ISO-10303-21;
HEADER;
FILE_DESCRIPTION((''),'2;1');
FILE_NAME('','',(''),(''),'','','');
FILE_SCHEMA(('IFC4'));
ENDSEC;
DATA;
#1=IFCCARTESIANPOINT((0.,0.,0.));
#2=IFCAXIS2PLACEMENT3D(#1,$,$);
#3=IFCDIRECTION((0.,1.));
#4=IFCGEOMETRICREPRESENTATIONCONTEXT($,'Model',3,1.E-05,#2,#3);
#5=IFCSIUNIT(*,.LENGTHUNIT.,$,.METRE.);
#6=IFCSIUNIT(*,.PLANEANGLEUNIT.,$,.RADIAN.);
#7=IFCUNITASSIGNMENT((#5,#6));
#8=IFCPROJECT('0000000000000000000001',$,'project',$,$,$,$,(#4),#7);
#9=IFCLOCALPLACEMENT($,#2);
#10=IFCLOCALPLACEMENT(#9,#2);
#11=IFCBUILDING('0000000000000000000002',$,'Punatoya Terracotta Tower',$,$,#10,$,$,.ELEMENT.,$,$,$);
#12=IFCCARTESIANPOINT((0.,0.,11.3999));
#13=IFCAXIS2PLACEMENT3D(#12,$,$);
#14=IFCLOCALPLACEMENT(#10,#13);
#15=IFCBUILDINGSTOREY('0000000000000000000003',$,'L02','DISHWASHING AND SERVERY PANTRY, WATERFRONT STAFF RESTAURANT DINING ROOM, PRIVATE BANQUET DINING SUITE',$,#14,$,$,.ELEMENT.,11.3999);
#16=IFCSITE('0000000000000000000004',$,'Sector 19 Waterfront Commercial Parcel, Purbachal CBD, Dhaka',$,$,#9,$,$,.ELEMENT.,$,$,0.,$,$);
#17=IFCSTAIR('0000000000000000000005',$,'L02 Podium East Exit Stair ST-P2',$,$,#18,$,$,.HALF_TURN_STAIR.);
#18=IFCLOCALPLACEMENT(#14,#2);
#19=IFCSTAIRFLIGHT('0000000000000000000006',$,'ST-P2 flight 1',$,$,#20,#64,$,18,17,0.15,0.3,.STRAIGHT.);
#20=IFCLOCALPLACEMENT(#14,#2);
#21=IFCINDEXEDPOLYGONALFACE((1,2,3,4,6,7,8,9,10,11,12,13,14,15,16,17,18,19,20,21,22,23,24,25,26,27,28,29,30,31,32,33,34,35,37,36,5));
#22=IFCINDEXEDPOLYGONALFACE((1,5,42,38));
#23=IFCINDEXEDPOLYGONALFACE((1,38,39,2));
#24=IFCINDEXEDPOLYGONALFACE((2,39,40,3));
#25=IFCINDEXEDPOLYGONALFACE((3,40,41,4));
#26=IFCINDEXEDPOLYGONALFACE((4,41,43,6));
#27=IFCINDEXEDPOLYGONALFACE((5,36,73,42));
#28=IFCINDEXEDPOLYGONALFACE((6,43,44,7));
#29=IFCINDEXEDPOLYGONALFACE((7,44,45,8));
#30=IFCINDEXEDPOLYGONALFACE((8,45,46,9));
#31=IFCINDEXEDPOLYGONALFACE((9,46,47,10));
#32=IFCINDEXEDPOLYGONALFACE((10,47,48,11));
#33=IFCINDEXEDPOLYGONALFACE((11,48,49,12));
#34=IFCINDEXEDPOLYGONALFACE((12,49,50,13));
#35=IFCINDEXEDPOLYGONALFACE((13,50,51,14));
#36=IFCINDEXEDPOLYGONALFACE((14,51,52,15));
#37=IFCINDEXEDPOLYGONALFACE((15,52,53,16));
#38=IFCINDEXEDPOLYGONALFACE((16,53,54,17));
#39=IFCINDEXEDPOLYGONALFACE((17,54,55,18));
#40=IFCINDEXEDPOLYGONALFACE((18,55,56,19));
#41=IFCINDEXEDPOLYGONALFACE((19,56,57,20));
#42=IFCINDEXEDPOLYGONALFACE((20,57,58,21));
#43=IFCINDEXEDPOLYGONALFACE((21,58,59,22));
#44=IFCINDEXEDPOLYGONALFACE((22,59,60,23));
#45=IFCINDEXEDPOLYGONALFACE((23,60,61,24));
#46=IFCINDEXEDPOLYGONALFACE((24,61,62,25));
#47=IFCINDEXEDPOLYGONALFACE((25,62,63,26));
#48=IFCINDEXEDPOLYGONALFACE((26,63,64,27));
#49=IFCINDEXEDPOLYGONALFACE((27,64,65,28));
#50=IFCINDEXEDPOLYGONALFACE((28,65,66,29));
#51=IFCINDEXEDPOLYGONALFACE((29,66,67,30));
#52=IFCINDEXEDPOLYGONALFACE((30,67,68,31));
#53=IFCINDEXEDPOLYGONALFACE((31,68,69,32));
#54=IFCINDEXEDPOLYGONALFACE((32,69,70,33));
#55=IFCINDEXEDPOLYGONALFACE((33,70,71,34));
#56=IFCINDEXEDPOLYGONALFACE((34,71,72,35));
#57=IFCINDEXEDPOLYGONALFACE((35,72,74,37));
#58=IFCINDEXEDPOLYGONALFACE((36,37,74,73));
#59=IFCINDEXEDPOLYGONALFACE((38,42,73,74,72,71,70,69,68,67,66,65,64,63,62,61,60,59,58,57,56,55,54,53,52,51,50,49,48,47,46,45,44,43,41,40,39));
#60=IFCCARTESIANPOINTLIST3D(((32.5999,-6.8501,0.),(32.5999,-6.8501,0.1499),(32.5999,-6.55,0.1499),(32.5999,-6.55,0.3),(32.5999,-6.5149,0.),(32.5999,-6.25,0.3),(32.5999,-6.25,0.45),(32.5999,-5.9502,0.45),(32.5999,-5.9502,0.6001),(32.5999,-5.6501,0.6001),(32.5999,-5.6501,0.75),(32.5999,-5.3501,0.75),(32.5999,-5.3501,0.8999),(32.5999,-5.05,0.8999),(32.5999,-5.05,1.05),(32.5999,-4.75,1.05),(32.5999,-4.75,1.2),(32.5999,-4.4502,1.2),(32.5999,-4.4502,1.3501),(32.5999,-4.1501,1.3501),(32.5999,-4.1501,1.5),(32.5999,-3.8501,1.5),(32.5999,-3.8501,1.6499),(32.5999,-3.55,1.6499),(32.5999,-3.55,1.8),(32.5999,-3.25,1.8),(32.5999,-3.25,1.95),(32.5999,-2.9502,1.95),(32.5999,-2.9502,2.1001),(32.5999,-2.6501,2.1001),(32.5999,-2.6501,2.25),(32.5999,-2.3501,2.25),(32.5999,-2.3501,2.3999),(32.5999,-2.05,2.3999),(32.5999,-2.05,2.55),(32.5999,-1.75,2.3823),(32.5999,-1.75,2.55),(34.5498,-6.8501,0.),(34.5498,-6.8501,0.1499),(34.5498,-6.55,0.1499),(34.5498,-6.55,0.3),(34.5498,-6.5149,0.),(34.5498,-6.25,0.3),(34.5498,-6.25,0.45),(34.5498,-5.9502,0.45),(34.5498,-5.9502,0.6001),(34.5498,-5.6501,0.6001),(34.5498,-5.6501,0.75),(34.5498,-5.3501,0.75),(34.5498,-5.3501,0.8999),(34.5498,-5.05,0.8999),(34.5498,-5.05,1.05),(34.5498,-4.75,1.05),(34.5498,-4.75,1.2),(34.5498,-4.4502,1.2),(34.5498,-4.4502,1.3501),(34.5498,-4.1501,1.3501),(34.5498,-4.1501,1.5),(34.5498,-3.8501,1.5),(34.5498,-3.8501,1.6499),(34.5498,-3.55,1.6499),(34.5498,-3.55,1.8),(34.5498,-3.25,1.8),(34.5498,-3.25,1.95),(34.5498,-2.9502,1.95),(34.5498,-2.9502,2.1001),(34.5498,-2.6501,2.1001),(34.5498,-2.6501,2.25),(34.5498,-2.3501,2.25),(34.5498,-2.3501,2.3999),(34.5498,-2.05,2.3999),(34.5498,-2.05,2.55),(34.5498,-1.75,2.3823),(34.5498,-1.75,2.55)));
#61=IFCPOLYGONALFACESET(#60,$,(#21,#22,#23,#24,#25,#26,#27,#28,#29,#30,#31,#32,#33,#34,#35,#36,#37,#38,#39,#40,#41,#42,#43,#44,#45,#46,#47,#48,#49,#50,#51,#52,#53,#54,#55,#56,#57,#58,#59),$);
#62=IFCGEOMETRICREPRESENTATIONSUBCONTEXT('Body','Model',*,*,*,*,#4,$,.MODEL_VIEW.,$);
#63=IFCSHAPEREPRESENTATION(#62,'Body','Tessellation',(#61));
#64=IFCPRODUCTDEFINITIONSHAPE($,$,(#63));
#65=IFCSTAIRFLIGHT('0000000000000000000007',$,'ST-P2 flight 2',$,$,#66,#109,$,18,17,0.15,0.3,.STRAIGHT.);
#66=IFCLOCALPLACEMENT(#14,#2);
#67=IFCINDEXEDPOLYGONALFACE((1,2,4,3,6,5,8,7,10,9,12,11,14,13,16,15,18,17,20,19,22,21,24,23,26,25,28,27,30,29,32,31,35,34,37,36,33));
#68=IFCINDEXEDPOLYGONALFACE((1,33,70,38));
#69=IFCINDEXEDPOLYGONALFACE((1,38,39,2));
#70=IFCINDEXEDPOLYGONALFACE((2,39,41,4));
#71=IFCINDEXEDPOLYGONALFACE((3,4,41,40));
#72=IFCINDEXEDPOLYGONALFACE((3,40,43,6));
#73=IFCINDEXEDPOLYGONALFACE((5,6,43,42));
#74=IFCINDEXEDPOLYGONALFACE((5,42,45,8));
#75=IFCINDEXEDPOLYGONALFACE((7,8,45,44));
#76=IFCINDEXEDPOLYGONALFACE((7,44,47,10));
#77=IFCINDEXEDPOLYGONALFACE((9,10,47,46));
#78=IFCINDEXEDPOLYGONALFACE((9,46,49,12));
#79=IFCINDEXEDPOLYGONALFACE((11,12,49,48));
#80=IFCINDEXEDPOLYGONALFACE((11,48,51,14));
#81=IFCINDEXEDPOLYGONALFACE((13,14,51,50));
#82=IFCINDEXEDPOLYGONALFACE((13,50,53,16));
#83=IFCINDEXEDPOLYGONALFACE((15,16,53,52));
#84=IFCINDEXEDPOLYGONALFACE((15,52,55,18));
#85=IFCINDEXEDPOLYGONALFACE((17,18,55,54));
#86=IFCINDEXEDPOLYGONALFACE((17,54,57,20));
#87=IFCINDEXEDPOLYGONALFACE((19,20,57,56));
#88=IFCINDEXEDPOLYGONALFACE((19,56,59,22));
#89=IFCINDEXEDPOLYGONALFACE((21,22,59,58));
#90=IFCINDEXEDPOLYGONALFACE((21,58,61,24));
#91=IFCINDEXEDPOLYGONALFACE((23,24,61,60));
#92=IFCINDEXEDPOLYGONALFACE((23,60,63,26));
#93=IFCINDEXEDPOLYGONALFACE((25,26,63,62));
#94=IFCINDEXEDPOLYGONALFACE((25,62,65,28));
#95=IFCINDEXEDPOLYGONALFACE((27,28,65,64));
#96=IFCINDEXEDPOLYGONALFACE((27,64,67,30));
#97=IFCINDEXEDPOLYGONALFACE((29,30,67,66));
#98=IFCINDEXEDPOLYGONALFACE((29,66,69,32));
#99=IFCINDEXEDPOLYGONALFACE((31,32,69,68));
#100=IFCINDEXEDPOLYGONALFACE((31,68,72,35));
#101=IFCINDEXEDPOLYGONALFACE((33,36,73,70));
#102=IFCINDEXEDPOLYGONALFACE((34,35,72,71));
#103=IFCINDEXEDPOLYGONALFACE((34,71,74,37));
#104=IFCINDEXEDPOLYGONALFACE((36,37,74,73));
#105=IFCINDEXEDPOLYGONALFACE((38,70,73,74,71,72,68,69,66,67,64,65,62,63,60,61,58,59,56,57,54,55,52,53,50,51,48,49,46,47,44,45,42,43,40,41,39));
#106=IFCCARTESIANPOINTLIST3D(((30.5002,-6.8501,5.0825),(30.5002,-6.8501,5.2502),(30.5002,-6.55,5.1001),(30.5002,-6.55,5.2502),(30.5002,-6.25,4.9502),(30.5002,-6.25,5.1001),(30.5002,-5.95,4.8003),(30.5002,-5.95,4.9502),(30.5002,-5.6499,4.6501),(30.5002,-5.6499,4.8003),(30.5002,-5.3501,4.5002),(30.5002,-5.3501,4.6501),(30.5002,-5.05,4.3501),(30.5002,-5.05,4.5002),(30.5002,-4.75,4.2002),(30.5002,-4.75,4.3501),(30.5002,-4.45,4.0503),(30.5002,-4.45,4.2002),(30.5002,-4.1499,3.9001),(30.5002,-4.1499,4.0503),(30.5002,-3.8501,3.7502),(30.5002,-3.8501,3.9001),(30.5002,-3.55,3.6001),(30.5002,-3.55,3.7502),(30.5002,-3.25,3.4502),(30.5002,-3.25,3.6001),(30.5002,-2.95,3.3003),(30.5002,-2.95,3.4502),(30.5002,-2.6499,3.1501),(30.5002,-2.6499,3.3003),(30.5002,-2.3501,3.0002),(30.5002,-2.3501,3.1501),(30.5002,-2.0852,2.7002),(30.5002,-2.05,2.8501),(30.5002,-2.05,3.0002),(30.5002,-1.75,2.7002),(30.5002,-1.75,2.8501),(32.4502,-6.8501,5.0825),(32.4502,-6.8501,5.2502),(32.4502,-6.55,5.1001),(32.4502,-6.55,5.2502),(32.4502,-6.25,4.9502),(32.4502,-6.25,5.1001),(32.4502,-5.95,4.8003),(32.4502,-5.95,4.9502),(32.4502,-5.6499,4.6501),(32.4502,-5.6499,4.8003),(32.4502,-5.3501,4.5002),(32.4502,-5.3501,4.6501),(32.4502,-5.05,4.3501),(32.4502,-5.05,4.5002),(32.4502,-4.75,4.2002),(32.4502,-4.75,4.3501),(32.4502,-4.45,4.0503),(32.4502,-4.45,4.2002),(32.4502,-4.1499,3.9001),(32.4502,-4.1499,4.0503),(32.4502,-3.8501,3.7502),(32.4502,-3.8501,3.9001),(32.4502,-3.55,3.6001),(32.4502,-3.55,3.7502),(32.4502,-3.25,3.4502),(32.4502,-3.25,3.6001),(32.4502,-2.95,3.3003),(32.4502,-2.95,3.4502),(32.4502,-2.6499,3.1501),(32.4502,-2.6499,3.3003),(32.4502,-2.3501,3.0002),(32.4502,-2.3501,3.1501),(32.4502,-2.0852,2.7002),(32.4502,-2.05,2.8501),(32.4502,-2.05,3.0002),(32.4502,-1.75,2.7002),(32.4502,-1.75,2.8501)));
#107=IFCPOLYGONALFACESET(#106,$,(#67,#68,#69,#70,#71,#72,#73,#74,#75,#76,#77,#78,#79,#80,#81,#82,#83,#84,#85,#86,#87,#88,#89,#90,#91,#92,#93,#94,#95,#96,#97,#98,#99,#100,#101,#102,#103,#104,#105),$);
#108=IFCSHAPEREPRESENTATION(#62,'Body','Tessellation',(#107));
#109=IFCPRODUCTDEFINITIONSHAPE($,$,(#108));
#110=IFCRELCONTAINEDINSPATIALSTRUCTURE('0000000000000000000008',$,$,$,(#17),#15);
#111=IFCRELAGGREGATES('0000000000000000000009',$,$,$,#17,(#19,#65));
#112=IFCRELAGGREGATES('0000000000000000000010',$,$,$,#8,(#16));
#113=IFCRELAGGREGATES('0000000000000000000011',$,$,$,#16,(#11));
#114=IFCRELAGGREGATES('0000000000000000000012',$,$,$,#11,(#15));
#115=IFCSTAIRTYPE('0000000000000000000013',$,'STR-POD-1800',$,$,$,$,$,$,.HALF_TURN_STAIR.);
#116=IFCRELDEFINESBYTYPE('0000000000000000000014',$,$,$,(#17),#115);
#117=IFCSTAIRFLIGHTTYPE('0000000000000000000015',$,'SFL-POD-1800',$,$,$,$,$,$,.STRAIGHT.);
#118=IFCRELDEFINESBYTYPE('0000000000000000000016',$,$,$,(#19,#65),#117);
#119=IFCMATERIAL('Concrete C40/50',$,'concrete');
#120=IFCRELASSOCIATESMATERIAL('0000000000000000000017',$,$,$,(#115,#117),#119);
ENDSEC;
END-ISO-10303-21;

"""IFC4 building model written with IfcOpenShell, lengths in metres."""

from ifc_helpers import new_model, si_unit, direction, frame, origin, place, context, subcontext, project, spatial, polyline, outline, extrude, material, type_object, element, aggregate, save


model = new_model("IFC4")

# Units and contexts
model_context = context("Model", 3, precision=1e-05, world=origin(), true_north=direction((0.0, 1.0)))
body_context = subcontext(model_context, "Body", "Model", "MODEL_VIEW")
ifc_project = project(units=[si_unit("LENGTHUNIT", "METRE"), si_unit("PLANEANGLEUNIT", "RADIAN")], contexts=[model_context])

# Site, building, storey
site_placement = place(None, origin())
site = spatial("IfcSite", under=ifc_project, at=site_placement, Name="Sector 19 Waterfront Commercial Parcel, Purbachal CBD, Dhaka", CompositionType="ELEMENT", RefElevation=0.0)
building_placement = place(site_placement, origin())
building = spatial("IfcBuilding", under=site, at=building_placement, Name="Punatoya Terracotta Tower", CompositionType="ELEMENT")
storey_placement = place(building_placement, frame((0.0, 0.0, 11.3999)))
storey = spatial("IfcBuildingStorey", under=building, at=storey_placement, Name="L02", Description="DISHWASHING AND SERVERY PANTRY, WATERFRONT STAFF RESTAURANT DINING ROOM, PRIVATE BANQUET DINING SUITE", CompositionType="ELEMENT", Elevation=11.3999)

# Shared definitions
ifc_material_1 = material(Name="Concrete C40/50", Category="concrete")

# Stair, stair flights
stair_type = type_object("IfcStairType", Name="STR-POD-1800", PredefinedType="HALF_TURN_STAIR", material=ifc_material_1)
stair_placement = place(storey_placement, origin())
stair = element("IfcStair", 1, at=stair_placement, inside=storey, type_object=stair_type, Name="L02 Podium East Exit Stair ST-P2", PredefinedType="HALF_TURN_STAIR")
stair_flight_type = type_object("IfcStairFlightType", Name="SFL-POD-1800", PredefinedType="STRAIGHT", material=ifc_material_1)
stair_flight_1_placement = place(storey_placement, frame((33.575, -6.8501, 0.0), z_axis=(0.0, 0.0, 1.0), x_axis=(0.0, 1.0, 0.0)))
stair_flight_1 = element("IfcStairFlight", 2, at=stair_flight_1_placement, type_object=stair_flight_type, Name="ST-P2 flight 1", NumberOfRisers=18, NumberOfTreads=17, PredefinedType="STRAIGHT", RiserHeight=0.15, TreadLength=0.3, context=body_context, shape_type="SweptSolid", body=[
    extrude(outline(polyline([(0.0, 0.0), (0.0, 0.1499), (0.3, 0.1499), (0.3, 0.3), (0.6001, 0.3), (0.6001, 0.45), (0.8999, 0.45), (0.8999, 0.6001), (1.2, 0.6001), (1.2, 0.75), (1.5, 0.75), (1.5, 0.8999), (1.8, 0.8999), (1.8, 1.05), (2.1001, 1.05), (2.1001, 1.2), (2.3999, 1.2), (2.3999, 1.3501), (2.7, 1.3501), (2.7, 1.5), (3.0, 1.5), (3.0, 1.6499), (3.3, 1.6499), (3.3, 1.8), (3.6001, 1.8), (3.6001, 1.95), (3.8999, 1.95), (3.8999, 2.1001), (4.2, 2.1001), (4.2, 2.25), (4.5, 2.25), (4.5, 2.3999), (4.8, 2.3999), (4.8, 2.55), (5.1001, 2.55), (5.1001, 2.7), (5.1001, 2.3823), (0.3352, 0.0), (0.0, 0.0)])), frame((0.0, 0.9751, 0.0), z_axis=(0.0, -1.0, 0.0), x_axis=(1.0, 0.0, 0.0)), (0.0, 0.0, 1.0), 1.95),
])
stair_flight_2_placement = place(storey_placement, frame((31.4751, -1.75, 2.7002), z_axis=(0.0, 0.0, 1.0), x_axis=(0.0, -1.0, 0.0)))
stair_flight_2 = element("IfcStairFlight", 3, at=stair_flight_2_placement, type_object=stair_flight_type, Name="ST-P2 flight 2", NumberOfRisers=18, NumberOfTreads=17, PredefinedType="STRAIGHT", RiserHeight=0.15, TreadLength=0.3, context=body_context, shape_type="SweptSolid", body=[
    extrude(outline(polyline([(0.0, 0.0), (0.0, 0.1499), (0.3, 0.1499), (0.3, 0.3), (0.6001, 0.3), (0.6001, 0.45), (0.8999, 0.45), (0.8999, 0.6001), (1.2, 0.6001), (1.2, 0.75), (1.5, 0.75), (1.5, 0.8999), (1.8, 0.8999), (1.8, 1.05), (2.1001, 1.05), (2.1001, 1.2), (2.3999, 1.2), (2.3999, 1.3501), (2.7, 1.3501), (2.7, 1.5), (3.0, 1.5), (3.0, 1.6499), (3.3, 1.6499), (3.3, 1.8), (3.6001, 1.8), (3.6001, 1.95), (3.8999, 1.95), (3.8999, 2.1001), (4.2, 2.1001), (4.2, 2.25), (4.5, 2.25), (4.5, 2.3999), (4.8, 2.3999), (4.8, 2.55), (5.1001, 2.55), (5.1001, 2.7), (5.1001, 2.3823), (0.3352, 0.0), (0.0, 0.0)])), frame((0.0, 0.9751, 0.0), z_axis=(0.0, -1.0, 0.0), x_axis=(1.0, 0.0, 0.0)), (0.0, 0.0, 1.0), 1.95),
])
aggregate(stair, [stair_flight_1, stair_flight_2])

save(model, "model.ifc")
